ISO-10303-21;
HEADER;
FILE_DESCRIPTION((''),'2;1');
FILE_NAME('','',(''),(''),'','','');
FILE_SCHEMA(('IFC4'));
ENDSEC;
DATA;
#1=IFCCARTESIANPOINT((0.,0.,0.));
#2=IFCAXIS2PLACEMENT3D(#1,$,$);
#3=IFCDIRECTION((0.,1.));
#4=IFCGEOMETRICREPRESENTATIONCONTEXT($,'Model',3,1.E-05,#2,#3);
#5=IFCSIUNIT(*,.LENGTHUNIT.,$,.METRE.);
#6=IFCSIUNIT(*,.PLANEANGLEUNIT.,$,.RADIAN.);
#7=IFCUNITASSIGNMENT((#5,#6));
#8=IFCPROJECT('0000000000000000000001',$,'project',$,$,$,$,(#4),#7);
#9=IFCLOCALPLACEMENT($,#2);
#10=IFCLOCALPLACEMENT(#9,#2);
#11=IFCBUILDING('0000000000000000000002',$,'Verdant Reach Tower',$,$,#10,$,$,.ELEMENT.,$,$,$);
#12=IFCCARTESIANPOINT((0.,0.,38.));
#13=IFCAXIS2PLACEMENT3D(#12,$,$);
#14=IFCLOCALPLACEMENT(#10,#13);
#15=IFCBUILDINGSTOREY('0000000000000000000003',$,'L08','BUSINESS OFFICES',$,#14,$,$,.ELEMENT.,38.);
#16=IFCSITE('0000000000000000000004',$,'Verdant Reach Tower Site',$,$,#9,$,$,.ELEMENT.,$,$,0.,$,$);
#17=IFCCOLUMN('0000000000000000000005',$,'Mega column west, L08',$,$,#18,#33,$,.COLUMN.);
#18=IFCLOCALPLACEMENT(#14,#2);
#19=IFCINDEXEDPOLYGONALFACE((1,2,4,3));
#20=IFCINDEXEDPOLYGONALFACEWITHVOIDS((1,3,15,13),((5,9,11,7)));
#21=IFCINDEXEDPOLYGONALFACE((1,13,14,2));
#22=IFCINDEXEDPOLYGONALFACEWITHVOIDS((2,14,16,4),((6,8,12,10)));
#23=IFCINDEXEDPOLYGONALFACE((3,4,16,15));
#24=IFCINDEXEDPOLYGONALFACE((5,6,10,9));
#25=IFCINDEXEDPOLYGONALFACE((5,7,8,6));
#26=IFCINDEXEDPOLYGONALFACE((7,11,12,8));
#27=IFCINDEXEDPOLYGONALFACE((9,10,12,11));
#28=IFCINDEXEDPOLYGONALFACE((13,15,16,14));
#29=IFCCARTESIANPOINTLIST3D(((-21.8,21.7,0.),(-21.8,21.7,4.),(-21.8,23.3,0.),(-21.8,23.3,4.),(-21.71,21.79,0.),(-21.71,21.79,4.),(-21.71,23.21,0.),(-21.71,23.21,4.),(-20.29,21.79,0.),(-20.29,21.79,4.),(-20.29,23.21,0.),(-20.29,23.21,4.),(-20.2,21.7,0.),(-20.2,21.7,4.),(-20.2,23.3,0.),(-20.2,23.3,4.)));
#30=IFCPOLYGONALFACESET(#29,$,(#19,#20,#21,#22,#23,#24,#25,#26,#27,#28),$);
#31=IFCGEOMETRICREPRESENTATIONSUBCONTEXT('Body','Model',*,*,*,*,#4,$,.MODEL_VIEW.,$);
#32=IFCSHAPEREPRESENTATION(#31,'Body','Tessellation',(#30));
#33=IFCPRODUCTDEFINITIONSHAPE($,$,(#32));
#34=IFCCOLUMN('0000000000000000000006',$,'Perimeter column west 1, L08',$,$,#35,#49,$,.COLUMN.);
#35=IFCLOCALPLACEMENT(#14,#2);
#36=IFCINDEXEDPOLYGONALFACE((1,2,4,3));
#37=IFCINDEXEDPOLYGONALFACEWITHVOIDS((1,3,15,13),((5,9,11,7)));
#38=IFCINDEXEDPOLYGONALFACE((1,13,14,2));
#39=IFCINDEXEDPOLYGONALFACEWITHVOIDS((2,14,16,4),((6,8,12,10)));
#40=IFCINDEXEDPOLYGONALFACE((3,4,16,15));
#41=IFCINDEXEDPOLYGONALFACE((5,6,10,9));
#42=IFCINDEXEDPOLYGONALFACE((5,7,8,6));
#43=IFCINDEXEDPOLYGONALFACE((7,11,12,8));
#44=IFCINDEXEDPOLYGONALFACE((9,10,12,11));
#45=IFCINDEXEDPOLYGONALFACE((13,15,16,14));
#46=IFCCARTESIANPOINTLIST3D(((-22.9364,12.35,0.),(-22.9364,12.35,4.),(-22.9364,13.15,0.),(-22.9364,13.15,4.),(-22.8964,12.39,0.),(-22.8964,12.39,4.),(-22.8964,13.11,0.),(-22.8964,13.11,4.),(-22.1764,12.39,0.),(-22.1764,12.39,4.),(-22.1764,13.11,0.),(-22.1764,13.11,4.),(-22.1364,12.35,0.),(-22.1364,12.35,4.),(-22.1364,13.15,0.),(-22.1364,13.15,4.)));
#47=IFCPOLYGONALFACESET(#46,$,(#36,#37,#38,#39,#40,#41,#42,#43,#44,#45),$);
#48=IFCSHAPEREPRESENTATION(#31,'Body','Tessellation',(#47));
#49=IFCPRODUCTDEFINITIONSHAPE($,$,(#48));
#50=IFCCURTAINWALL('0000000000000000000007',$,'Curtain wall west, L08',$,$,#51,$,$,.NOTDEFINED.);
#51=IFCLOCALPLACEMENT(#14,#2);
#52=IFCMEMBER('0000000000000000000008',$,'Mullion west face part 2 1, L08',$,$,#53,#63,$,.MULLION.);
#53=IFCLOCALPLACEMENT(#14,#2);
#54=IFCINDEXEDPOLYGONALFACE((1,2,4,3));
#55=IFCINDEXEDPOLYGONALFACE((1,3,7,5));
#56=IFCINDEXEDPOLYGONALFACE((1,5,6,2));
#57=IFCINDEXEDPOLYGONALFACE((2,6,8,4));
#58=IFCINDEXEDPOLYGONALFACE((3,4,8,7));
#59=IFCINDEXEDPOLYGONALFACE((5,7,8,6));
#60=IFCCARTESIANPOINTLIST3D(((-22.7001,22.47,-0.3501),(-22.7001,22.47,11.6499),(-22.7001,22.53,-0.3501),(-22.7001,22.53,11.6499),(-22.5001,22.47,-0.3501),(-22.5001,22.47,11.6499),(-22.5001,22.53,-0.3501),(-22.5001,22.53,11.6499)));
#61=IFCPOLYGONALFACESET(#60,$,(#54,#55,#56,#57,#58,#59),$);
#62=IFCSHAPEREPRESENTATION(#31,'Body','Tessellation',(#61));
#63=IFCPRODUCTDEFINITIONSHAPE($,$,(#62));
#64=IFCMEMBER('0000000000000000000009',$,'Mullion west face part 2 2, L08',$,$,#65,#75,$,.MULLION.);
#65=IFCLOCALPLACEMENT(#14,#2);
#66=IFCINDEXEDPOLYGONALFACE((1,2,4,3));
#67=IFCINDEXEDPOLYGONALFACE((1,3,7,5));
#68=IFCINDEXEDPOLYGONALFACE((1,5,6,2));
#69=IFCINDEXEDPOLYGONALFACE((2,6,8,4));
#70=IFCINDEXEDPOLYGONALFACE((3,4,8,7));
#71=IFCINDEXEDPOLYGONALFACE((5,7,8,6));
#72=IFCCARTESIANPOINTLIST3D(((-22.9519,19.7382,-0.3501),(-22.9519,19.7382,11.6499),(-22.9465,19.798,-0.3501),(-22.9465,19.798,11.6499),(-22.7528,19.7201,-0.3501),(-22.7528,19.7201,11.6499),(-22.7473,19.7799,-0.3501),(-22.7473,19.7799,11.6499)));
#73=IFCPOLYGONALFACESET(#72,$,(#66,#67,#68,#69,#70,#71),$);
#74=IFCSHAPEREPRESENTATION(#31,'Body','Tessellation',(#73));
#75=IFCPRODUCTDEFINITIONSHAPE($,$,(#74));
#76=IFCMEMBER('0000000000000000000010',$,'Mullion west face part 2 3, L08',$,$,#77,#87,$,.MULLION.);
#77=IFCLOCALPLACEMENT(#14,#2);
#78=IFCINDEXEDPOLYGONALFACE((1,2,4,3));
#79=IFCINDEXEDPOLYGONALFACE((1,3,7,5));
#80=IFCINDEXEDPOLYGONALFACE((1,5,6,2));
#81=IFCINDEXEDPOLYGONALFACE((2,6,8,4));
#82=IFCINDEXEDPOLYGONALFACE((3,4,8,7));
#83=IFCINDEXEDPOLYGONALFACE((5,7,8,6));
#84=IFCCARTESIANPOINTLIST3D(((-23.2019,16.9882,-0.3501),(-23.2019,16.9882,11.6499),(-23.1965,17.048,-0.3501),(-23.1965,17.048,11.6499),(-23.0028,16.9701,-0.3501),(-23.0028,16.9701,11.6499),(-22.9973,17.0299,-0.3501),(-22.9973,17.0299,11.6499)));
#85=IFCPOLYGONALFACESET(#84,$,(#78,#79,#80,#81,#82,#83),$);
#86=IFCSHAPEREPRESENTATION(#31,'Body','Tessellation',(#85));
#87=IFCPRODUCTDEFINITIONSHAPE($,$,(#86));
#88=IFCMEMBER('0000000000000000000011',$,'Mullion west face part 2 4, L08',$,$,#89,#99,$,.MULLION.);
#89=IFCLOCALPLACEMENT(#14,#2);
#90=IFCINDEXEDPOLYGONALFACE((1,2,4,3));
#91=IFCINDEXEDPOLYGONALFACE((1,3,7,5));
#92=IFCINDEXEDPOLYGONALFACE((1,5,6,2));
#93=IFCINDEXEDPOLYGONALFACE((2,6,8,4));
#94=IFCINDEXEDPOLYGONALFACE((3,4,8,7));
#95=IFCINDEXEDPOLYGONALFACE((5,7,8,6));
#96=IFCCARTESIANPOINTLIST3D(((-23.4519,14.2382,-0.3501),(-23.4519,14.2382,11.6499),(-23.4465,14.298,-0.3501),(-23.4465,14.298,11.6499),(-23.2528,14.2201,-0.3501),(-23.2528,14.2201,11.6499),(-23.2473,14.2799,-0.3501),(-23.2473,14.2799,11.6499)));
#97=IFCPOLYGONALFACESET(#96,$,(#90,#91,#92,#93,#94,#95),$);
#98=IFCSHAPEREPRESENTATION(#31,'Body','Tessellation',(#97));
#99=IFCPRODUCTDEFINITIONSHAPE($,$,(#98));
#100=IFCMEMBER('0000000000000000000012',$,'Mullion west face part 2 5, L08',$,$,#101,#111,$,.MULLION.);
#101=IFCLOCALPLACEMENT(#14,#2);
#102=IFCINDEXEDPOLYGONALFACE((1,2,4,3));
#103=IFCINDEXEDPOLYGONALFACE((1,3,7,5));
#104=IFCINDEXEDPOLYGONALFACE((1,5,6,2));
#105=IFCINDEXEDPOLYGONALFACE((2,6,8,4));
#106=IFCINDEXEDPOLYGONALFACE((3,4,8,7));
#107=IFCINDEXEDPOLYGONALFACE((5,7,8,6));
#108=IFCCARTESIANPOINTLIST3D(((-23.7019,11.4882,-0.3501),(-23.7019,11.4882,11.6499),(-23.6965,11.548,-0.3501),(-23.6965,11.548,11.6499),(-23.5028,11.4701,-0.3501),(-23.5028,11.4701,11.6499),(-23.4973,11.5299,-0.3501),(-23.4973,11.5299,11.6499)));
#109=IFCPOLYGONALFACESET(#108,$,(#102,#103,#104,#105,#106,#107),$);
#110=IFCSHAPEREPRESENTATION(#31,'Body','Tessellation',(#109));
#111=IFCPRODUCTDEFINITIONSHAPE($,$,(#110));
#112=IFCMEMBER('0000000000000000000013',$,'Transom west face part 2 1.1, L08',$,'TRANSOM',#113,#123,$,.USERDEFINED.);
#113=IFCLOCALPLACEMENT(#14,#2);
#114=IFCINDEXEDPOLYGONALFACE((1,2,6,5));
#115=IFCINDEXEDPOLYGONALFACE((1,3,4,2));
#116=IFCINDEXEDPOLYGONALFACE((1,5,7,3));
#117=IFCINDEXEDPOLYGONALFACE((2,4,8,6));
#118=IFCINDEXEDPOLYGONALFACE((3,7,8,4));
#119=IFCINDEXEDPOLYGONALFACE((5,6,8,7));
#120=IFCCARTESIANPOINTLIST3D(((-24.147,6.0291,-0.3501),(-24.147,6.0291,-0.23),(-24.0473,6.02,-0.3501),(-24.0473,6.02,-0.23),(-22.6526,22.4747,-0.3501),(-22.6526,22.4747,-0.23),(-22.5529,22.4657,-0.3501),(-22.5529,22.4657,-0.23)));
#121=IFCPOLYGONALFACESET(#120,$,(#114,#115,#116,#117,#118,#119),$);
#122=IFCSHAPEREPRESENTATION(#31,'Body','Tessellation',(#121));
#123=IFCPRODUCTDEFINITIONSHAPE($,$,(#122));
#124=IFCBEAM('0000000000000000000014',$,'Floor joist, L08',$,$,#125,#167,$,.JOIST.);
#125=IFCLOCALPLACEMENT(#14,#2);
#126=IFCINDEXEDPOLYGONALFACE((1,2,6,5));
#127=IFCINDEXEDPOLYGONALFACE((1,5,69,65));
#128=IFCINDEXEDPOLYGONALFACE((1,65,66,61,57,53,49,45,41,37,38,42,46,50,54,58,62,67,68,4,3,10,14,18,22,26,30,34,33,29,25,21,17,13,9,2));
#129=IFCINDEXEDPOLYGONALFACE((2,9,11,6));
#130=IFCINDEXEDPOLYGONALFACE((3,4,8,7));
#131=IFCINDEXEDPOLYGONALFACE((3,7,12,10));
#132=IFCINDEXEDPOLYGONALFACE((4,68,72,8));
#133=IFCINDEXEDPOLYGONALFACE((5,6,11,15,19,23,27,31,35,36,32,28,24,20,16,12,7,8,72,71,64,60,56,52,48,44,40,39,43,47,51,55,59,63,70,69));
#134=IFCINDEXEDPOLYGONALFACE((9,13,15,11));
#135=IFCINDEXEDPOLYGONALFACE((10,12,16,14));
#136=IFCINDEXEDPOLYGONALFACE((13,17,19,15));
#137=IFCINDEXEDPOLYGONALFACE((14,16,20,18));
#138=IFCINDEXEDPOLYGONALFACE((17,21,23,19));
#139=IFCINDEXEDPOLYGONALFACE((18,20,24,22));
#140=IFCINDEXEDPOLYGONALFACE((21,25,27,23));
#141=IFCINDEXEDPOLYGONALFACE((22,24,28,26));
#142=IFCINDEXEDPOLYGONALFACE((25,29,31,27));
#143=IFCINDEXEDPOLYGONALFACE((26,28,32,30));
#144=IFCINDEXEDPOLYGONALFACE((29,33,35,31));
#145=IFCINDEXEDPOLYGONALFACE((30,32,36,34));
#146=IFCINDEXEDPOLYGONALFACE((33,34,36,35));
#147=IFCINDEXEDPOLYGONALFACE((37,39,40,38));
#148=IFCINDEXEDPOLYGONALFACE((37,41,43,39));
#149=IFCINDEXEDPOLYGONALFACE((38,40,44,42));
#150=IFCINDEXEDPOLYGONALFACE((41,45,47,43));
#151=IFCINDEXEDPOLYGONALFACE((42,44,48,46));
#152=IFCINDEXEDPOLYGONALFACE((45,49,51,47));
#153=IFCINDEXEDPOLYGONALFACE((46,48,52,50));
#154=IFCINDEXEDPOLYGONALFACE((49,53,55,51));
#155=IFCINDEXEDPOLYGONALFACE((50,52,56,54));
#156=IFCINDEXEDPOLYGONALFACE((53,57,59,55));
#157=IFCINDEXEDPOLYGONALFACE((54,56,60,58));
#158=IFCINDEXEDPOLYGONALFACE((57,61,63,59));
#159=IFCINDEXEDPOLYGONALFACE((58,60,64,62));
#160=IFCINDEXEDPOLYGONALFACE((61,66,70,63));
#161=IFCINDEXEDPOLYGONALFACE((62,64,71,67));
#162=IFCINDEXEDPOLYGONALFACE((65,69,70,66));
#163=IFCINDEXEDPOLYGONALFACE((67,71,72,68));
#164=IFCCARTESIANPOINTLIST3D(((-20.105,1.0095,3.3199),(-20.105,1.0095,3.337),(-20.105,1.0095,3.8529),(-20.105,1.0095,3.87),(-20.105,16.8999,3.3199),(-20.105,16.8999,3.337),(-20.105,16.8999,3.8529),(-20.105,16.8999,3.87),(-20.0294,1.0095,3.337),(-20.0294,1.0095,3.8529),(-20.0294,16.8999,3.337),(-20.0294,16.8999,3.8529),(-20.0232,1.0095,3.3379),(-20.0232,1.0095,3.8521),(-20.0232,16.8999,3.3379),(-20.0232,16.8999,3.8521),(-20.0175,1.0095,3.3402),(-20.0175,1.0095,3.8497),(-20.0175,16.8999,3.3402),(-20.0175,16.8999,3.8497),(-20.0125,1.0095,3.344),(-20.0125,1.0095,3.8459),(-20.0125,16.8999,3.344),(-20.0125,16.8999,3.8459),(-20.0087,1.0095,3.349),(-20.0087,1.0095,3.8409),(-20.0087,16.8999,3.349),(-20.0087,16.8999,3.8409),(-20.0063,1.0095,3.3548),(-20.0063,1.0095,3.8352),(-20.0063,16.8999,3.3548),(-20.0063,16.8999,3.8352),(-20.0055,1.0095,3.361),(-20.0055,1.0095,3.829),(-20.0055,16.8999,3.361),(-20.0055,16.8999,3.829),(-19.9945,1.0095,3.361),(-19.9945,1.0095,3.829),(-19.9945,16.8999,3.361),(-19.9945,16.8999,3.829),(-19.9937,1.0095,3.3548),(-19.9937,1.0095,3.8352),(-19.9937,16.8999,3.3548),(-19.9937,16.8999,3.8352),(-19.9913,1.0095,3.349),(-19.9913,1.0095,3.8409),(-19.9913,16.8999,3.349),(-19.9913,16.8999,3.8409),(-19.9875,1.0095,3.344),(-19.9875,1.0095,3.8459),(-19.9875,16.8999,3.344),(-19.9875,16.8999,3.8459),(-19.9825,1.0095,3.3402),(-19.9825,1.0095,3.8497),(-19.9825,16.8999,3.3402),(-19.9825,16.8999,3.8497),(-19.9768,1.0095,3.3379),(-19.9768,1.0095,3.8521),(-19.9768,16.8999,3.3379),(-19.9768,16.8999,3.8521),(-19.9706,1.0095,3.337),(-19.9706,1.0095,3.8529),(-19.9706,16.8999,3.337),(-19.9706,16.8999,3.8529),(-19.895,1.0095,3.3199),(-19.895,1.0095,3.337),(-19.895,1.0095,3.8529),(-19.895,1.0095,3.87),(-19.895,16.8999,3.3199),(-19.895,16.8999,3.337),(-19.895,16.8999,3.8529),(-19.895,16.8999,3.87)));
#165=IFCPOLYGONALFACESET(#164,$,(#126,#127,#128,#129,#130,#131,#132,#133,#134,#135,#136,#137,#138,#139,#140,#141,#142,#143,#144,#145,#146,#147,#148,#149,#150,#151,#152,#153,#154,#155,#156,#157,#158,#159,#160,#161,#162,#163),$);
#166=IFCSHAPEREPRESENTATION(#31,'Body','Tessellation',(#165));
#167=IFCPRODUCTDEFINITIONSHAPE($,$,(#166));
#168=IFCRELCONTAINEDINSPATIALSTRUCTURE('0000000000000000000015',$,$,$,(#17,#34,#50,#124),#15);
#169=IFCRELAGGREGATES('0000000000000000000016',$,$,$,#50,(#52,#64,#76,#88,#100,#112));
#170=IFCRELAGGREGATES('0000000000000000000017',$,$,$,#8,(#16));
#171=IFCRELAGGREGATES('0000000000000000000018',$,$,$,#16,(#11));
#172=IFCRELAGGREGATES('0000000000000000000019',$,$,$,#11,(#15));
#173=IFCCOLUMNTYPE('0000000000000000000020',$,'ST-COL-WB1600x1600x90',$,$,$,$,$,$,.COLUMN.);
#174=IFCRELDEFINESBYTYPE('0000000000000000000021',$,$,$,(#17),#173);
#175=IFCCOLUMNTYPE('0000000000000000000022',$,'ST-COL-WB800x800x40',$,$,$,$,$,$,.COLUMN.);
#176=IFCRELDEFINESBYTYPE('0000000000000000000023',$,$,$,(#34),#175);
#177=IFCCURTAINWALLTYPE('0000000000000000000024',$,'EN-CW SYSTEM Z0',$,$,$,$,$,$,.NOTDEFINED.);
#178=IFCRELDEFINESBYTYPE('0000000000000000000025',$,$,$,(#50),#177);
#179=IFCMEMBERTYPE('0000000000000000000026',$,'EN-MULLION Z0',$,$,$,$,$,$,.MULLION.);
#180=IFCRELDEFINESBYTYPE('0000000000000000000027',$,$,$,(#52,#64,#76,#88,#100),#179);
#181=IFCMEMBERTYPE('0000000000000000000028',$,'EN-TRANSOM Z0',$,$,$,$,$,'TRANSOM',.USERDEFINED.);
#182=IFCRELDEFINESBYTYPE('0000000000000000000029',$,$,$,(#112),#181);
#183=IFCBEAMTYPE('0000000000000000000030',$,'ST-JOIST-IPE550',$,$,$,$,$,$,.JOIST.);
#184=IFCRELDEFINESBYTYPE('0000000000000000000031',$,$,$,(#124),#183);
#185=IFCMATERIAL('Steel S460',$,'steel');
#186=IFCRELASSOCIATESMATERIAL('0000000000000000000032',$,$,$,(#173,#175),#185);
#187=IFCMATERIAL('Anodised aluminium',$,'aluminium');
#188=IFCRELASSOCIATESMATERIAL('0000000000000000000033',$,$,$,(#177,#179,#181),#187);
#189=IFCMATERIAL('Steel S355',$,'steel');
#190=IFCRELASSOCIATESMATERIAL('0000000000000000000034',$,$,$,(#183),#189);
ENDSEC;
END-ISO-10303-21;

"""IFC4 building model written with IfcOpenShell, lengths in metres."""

from ifc_helpers import new_model, si_unit, direction, frame, origin, origin_2d, place, context, subcontext, project, spatial, rectangle, hollow_rectangle, i_section, extrude, material, material_profile, profile_set, type_object, element, aggregate, save


model = new_model("IFC4")

# Units and contexts
model_context = context("Model", 3, precision=1e-05, world=origin(), true_north=direction((0.0, 1.0)))
body_context = subcontext(model_context, "Body", "Model", "MODEL_VIEW")
ifc_project = project(units=[si_unit("LENGTHUNIT", "METRE"), si_unit("PLANEANGLEUNIT", "RADIAN")], contexts=[model_context])

# Site, building, storey
site_placement = place(None, origin())
site = spatial("IfcSite", under=ifc_project, at=site_placement, Name="Verdant Reach Tower Site", CompositionType="ELEMENT", RefElevation=0.0)
building_placement = place(site_placement, origin())
building = spatial("IfcBuilding", under=site, at=building_placement, Name="Verdant Reach Tower", CompositionType="ELEMENT")
storey_placement = place(building_placement, frame((0.0, 0.0, 38.0)))
storey = spatial("IfcBuildingStorey", under=building, at=storey_placement, Name="L08", Description="BUSINESS OFFICES", CompositionType="ELEMENT", Elevation=38.0)

# Columns
ifc_material_1 = material(Name="Steel S460", Category="steel")
ifc_material_profile_1 = material_profile(ifc_material_1, hollow_rectangle(XDim=1.6001, YDim=1.6001, WallThickness=0.0901, at=origin_2d()), Name="WB 1600x1600x90")
ifc_profile_set_1 = profile_set([ifc_material_profile_1], Name="Steel S460")
column_type_1 = type_object("IfcColumnType", Name="ST-COL-WB1600x1600x90", PredefinedType="COLUMN", material=ifc_profile_set_1)
column_1_placement = place(storey_placement, frame((-21.0, 22.5, 0.0), z_axis=(0.0, 0.0, 1.0), x_axis=(1.0, 0.0, 0.0)))
element("IfcColumn", 1, at=column_1_placement, inside=storey, type_object=column_type_1, Name="Mega column west, L08", PredefinedType="COLUMN", context=body_context, shape_type="SweptSolid", body=[
    extrude(hollow_rectangle(XDim=1.6001, YDim=1.6001, WallThickness=0.0901, at=origin_2d()), origin(), (0.0, 0.0, 1.0), 4.0),
])
ifc_material_profile_2 = material_profile(ifc_material_1, hollow_rectangle(XDim=0.8, YDim=0.8, WallThickness=0.04, at=origin_2d()), Name="WB 800x800x40")
ifc_profile_set_2 = profile_set([ifc_material_profile_2], Name="Steel S460")
column_type_2 = type_object("IfcColumnType", Name="ST-COL-WB800x800x40", PredefinedType="COLUMN", material=ifc_profile_set_2)
column_2_placement = place(storey_placement, frame((-22.5364, 12.75, 0.0), z_axis=(0.0, 0.0, 1.0), x_axis=(1.0, 0.0, 0.0)))
element("IfcColumn", 2, at=column_2_placement, inside=storey, type_object=column_type_2, Name="Perimeter column west 1, L08", PredefinedType="COLUMN", context=body_context, shape_type="SweptSolid", body=[
    extrude(hollow_rectangle(XDim=0.8, YDim=0.8, WallThickness=0.04, at=origin_2d()), origin(), (0.0, 0.0, 1.0), 4.0),
])

# Curtain wall, members
ifc_material_2 = material(Name="Anodised aluminium", Category="aluminium")
curtain_wall_type = type_object("IfcCurtainWallType", Name="EN-CW SYSTEM Z0", PredefinedType="NOTDEFINED", material=ifc_material_2)
curtain_wall_placement = place(storey_placement, origin())
curtain_wall = element("IfcCurtainWall", 3, at=curtain_wall_placement, inside=storey, type_object=curtain_wall_type, Name="Curtain wall west, L08", PredefinedType="NOTDEFINED")
ifc_material_profile_3 = material_profile(ifc_material_2, rectangle(XDim=0.2, YDim=0.0601, at=origin_2d()), Name="Mullion 60x200")
ifc_profile_set_3 = profile_set([ifc_material_profile_3], Name="Anodised aluminium")
member_type_1 = type_object("IfcMemberType", Name="EN-MULLION Z0", PredefinedType="MULLION", material=ifc_profile_set_3)
member_1_placement = place(storey_placement, frame((-22.6001, 22.5, -0.3501), z_axis=(0.0, 0.0, 1.0), x_axis=(-1.0, 0.0, 0.0)))
member_1 = element("IfcMember", 4, at=member_1_placement, type_object=member_type_1, Name="Mullion west face part 2 1, L08", PredefinedType="MULLION", context=body_context, shape_type="SweptSolid", body=[
    extrude(rectangle(XDim=0.2, YDim=0.0601, at=origin_2d()), origin(), (0.0, 0.0, 1.0), 12.0),
])
member_2_placement = place(storey_placement, frame((-22.8496, 19.759, -0.3501), z_axis=(0.0, 0.0, 1.0), x_axis=(-0.995893, 0.090536, 0.0)))
member_2 = element("IfcMember", 5, at=member_2_placement, type_object=member_type_1, Name="Mullion west face part 2 2, L08", PredefinedType="MULLION", context=body_context, shape_type="SweptSolid", body=[
    extrude(rectangle(XDim=0.2, YDim=0.0601, at=origin_2d()), origin(), (0.0, 0.0, 1.0), 12.0),
])
member_3_placement = place(storey_placement, frame((-23.0996, 17.009, -0.3501), z_axis=(0.0, 0.0, 1.0), x_axis=(-0.995893, 0.090536, 0.0)))
member_3 = element("IfcMember", 6, at=member_3_placement, type_object=member_type_1, Name="Mullion west face part 2 3, L08", PredefinedType="MULLION", context=body_context, shape_type="SweptSolid", body=[
    extrude(rectangle(XDim=0.2, YDim=0.0601, at=origin_2d()), origin(), (0.0, 0.0, 1.0), 12.0),
])
member_4_placement = place(storey_placement, frame((-23.3496, 14.259, -0.3501), z_axis=(0.0, 0.0, 1.0), x_axis=(-0.995893, 0.090536, 0.0)))
member_4 = element("IfcMember", 7, at=member_4_placement, type_object=member_type_1, Name="Mullion west face part 2 4, L08", PredefinedType="MULLION", context=body_context, shape_type="SweptSolid", body=[
    extrude(rectangle(XDim=0.2, YDim=0.0601, at=origin_2d()), origin(), (0.0, 0.0, 1.0), 12.0),
])
member_5_placement = place(storey_placement, frame((-23.5996, 11.509, -0.3501), z_axis=(0.0, 0.0, 1.0), x_axis=(-0.995893, 0.090536, 0.0)))
member_5 = element("IfcMember", 8, at=member_5_placement, type_object=member_type_1, Name="Mullion west face part 2 5, L08", PredefinedType="MULLION", context=body_context, shape_type="SweptSolid", body=[
    extrude(rectangle(XDim=0.2, YDim=0.0601, at=origin_2d()), origin(), (0.0, 0.0, 1.0), 12.0),
])
ifc_material_profile_4 = material_profile(ifc_material_2, rectangle(XDim=0.1001, YDim=0.1201, at=origin_2d()), Name="Transom 120x100")
ifc_profile_set_4 = profile_set([ifc_material_profile_4], Name="Anodised aluminium")
member_type_2 = type_object("IfcMemberType", Name="EN-TRANSOM Z0", ElementType="TRANSOM", PredefinedType="USERDEFINED", material=ifc_profile_set_4)
member_6_placement = place(storey_placement, frame((-22.6028, 22.4702, -0.29), z_axis=(-0.090496, -0.995897, 0.0), x_axis=(0.995897, -0.090496, 0.0)))
member_6 = element("IfcMember", 9, at=member_6_placement, type_object=member_type_2, Name="Transom west face part 2 1.1, L08", ObjectType="TRANSOM", PredefinedType="USERDEFINED", context=body_context, shape_type="SweptSolid", body=[
    extrude(rectangle(XDim=0.1001, YDim=0.1201, at=origin_2d()), origin(), (0.0, 0.0, 1.0), 16.5134),
])

# Beam
ifc_material_3 = material(Name="Steel S355", Category="steel")
ifc_material_profile_5 = material_profile(ifc_material_3, i_section(OverallWidth=0.21, OverallDepth=0.55, WebThickness=0.011, FlangeThickness=0.0171, FilletRadius=0.0239, at=origin_2d()), Name="IPE 550")
ifc_profile_set_5 = profile_set([ifc_material_profile_5], Name="Steel S355")
beam_type_1 = type_object("IfcBeamType", Name="ST-JOIST-IPE550", PredefinedType="JOIST", material=ifc_profile_set_5)
beam_1_placement = place(storey_placement, frame((-20.0, 16.8999, 3.595), z_axis=(0.0, -1.0, 0.0), x_axis=(1.0, 0.0, 0.0)))
element("IfcBeam", 10, at=beam_1_placement, inside=storey, type_object=beam_type_1, Name="Floor joist, L08", PredefinedType="JOIST", context=body_context, shape_type="SweptSolid", body=[
    extrude(i_section(OverallWidth=0.21, OverallDepth=0.55, WebThickness=0.011, FlangeThickness=0.0171, FilletRadius=0.0239, at=origin_2d()), origin(), (0.0, 0.0, 1.0), 15.8904),
])

aggregate(curtain_wall, [member_1, member_2, member_3, member_4, member_5, member_6])

save(model, "model.ifc")
